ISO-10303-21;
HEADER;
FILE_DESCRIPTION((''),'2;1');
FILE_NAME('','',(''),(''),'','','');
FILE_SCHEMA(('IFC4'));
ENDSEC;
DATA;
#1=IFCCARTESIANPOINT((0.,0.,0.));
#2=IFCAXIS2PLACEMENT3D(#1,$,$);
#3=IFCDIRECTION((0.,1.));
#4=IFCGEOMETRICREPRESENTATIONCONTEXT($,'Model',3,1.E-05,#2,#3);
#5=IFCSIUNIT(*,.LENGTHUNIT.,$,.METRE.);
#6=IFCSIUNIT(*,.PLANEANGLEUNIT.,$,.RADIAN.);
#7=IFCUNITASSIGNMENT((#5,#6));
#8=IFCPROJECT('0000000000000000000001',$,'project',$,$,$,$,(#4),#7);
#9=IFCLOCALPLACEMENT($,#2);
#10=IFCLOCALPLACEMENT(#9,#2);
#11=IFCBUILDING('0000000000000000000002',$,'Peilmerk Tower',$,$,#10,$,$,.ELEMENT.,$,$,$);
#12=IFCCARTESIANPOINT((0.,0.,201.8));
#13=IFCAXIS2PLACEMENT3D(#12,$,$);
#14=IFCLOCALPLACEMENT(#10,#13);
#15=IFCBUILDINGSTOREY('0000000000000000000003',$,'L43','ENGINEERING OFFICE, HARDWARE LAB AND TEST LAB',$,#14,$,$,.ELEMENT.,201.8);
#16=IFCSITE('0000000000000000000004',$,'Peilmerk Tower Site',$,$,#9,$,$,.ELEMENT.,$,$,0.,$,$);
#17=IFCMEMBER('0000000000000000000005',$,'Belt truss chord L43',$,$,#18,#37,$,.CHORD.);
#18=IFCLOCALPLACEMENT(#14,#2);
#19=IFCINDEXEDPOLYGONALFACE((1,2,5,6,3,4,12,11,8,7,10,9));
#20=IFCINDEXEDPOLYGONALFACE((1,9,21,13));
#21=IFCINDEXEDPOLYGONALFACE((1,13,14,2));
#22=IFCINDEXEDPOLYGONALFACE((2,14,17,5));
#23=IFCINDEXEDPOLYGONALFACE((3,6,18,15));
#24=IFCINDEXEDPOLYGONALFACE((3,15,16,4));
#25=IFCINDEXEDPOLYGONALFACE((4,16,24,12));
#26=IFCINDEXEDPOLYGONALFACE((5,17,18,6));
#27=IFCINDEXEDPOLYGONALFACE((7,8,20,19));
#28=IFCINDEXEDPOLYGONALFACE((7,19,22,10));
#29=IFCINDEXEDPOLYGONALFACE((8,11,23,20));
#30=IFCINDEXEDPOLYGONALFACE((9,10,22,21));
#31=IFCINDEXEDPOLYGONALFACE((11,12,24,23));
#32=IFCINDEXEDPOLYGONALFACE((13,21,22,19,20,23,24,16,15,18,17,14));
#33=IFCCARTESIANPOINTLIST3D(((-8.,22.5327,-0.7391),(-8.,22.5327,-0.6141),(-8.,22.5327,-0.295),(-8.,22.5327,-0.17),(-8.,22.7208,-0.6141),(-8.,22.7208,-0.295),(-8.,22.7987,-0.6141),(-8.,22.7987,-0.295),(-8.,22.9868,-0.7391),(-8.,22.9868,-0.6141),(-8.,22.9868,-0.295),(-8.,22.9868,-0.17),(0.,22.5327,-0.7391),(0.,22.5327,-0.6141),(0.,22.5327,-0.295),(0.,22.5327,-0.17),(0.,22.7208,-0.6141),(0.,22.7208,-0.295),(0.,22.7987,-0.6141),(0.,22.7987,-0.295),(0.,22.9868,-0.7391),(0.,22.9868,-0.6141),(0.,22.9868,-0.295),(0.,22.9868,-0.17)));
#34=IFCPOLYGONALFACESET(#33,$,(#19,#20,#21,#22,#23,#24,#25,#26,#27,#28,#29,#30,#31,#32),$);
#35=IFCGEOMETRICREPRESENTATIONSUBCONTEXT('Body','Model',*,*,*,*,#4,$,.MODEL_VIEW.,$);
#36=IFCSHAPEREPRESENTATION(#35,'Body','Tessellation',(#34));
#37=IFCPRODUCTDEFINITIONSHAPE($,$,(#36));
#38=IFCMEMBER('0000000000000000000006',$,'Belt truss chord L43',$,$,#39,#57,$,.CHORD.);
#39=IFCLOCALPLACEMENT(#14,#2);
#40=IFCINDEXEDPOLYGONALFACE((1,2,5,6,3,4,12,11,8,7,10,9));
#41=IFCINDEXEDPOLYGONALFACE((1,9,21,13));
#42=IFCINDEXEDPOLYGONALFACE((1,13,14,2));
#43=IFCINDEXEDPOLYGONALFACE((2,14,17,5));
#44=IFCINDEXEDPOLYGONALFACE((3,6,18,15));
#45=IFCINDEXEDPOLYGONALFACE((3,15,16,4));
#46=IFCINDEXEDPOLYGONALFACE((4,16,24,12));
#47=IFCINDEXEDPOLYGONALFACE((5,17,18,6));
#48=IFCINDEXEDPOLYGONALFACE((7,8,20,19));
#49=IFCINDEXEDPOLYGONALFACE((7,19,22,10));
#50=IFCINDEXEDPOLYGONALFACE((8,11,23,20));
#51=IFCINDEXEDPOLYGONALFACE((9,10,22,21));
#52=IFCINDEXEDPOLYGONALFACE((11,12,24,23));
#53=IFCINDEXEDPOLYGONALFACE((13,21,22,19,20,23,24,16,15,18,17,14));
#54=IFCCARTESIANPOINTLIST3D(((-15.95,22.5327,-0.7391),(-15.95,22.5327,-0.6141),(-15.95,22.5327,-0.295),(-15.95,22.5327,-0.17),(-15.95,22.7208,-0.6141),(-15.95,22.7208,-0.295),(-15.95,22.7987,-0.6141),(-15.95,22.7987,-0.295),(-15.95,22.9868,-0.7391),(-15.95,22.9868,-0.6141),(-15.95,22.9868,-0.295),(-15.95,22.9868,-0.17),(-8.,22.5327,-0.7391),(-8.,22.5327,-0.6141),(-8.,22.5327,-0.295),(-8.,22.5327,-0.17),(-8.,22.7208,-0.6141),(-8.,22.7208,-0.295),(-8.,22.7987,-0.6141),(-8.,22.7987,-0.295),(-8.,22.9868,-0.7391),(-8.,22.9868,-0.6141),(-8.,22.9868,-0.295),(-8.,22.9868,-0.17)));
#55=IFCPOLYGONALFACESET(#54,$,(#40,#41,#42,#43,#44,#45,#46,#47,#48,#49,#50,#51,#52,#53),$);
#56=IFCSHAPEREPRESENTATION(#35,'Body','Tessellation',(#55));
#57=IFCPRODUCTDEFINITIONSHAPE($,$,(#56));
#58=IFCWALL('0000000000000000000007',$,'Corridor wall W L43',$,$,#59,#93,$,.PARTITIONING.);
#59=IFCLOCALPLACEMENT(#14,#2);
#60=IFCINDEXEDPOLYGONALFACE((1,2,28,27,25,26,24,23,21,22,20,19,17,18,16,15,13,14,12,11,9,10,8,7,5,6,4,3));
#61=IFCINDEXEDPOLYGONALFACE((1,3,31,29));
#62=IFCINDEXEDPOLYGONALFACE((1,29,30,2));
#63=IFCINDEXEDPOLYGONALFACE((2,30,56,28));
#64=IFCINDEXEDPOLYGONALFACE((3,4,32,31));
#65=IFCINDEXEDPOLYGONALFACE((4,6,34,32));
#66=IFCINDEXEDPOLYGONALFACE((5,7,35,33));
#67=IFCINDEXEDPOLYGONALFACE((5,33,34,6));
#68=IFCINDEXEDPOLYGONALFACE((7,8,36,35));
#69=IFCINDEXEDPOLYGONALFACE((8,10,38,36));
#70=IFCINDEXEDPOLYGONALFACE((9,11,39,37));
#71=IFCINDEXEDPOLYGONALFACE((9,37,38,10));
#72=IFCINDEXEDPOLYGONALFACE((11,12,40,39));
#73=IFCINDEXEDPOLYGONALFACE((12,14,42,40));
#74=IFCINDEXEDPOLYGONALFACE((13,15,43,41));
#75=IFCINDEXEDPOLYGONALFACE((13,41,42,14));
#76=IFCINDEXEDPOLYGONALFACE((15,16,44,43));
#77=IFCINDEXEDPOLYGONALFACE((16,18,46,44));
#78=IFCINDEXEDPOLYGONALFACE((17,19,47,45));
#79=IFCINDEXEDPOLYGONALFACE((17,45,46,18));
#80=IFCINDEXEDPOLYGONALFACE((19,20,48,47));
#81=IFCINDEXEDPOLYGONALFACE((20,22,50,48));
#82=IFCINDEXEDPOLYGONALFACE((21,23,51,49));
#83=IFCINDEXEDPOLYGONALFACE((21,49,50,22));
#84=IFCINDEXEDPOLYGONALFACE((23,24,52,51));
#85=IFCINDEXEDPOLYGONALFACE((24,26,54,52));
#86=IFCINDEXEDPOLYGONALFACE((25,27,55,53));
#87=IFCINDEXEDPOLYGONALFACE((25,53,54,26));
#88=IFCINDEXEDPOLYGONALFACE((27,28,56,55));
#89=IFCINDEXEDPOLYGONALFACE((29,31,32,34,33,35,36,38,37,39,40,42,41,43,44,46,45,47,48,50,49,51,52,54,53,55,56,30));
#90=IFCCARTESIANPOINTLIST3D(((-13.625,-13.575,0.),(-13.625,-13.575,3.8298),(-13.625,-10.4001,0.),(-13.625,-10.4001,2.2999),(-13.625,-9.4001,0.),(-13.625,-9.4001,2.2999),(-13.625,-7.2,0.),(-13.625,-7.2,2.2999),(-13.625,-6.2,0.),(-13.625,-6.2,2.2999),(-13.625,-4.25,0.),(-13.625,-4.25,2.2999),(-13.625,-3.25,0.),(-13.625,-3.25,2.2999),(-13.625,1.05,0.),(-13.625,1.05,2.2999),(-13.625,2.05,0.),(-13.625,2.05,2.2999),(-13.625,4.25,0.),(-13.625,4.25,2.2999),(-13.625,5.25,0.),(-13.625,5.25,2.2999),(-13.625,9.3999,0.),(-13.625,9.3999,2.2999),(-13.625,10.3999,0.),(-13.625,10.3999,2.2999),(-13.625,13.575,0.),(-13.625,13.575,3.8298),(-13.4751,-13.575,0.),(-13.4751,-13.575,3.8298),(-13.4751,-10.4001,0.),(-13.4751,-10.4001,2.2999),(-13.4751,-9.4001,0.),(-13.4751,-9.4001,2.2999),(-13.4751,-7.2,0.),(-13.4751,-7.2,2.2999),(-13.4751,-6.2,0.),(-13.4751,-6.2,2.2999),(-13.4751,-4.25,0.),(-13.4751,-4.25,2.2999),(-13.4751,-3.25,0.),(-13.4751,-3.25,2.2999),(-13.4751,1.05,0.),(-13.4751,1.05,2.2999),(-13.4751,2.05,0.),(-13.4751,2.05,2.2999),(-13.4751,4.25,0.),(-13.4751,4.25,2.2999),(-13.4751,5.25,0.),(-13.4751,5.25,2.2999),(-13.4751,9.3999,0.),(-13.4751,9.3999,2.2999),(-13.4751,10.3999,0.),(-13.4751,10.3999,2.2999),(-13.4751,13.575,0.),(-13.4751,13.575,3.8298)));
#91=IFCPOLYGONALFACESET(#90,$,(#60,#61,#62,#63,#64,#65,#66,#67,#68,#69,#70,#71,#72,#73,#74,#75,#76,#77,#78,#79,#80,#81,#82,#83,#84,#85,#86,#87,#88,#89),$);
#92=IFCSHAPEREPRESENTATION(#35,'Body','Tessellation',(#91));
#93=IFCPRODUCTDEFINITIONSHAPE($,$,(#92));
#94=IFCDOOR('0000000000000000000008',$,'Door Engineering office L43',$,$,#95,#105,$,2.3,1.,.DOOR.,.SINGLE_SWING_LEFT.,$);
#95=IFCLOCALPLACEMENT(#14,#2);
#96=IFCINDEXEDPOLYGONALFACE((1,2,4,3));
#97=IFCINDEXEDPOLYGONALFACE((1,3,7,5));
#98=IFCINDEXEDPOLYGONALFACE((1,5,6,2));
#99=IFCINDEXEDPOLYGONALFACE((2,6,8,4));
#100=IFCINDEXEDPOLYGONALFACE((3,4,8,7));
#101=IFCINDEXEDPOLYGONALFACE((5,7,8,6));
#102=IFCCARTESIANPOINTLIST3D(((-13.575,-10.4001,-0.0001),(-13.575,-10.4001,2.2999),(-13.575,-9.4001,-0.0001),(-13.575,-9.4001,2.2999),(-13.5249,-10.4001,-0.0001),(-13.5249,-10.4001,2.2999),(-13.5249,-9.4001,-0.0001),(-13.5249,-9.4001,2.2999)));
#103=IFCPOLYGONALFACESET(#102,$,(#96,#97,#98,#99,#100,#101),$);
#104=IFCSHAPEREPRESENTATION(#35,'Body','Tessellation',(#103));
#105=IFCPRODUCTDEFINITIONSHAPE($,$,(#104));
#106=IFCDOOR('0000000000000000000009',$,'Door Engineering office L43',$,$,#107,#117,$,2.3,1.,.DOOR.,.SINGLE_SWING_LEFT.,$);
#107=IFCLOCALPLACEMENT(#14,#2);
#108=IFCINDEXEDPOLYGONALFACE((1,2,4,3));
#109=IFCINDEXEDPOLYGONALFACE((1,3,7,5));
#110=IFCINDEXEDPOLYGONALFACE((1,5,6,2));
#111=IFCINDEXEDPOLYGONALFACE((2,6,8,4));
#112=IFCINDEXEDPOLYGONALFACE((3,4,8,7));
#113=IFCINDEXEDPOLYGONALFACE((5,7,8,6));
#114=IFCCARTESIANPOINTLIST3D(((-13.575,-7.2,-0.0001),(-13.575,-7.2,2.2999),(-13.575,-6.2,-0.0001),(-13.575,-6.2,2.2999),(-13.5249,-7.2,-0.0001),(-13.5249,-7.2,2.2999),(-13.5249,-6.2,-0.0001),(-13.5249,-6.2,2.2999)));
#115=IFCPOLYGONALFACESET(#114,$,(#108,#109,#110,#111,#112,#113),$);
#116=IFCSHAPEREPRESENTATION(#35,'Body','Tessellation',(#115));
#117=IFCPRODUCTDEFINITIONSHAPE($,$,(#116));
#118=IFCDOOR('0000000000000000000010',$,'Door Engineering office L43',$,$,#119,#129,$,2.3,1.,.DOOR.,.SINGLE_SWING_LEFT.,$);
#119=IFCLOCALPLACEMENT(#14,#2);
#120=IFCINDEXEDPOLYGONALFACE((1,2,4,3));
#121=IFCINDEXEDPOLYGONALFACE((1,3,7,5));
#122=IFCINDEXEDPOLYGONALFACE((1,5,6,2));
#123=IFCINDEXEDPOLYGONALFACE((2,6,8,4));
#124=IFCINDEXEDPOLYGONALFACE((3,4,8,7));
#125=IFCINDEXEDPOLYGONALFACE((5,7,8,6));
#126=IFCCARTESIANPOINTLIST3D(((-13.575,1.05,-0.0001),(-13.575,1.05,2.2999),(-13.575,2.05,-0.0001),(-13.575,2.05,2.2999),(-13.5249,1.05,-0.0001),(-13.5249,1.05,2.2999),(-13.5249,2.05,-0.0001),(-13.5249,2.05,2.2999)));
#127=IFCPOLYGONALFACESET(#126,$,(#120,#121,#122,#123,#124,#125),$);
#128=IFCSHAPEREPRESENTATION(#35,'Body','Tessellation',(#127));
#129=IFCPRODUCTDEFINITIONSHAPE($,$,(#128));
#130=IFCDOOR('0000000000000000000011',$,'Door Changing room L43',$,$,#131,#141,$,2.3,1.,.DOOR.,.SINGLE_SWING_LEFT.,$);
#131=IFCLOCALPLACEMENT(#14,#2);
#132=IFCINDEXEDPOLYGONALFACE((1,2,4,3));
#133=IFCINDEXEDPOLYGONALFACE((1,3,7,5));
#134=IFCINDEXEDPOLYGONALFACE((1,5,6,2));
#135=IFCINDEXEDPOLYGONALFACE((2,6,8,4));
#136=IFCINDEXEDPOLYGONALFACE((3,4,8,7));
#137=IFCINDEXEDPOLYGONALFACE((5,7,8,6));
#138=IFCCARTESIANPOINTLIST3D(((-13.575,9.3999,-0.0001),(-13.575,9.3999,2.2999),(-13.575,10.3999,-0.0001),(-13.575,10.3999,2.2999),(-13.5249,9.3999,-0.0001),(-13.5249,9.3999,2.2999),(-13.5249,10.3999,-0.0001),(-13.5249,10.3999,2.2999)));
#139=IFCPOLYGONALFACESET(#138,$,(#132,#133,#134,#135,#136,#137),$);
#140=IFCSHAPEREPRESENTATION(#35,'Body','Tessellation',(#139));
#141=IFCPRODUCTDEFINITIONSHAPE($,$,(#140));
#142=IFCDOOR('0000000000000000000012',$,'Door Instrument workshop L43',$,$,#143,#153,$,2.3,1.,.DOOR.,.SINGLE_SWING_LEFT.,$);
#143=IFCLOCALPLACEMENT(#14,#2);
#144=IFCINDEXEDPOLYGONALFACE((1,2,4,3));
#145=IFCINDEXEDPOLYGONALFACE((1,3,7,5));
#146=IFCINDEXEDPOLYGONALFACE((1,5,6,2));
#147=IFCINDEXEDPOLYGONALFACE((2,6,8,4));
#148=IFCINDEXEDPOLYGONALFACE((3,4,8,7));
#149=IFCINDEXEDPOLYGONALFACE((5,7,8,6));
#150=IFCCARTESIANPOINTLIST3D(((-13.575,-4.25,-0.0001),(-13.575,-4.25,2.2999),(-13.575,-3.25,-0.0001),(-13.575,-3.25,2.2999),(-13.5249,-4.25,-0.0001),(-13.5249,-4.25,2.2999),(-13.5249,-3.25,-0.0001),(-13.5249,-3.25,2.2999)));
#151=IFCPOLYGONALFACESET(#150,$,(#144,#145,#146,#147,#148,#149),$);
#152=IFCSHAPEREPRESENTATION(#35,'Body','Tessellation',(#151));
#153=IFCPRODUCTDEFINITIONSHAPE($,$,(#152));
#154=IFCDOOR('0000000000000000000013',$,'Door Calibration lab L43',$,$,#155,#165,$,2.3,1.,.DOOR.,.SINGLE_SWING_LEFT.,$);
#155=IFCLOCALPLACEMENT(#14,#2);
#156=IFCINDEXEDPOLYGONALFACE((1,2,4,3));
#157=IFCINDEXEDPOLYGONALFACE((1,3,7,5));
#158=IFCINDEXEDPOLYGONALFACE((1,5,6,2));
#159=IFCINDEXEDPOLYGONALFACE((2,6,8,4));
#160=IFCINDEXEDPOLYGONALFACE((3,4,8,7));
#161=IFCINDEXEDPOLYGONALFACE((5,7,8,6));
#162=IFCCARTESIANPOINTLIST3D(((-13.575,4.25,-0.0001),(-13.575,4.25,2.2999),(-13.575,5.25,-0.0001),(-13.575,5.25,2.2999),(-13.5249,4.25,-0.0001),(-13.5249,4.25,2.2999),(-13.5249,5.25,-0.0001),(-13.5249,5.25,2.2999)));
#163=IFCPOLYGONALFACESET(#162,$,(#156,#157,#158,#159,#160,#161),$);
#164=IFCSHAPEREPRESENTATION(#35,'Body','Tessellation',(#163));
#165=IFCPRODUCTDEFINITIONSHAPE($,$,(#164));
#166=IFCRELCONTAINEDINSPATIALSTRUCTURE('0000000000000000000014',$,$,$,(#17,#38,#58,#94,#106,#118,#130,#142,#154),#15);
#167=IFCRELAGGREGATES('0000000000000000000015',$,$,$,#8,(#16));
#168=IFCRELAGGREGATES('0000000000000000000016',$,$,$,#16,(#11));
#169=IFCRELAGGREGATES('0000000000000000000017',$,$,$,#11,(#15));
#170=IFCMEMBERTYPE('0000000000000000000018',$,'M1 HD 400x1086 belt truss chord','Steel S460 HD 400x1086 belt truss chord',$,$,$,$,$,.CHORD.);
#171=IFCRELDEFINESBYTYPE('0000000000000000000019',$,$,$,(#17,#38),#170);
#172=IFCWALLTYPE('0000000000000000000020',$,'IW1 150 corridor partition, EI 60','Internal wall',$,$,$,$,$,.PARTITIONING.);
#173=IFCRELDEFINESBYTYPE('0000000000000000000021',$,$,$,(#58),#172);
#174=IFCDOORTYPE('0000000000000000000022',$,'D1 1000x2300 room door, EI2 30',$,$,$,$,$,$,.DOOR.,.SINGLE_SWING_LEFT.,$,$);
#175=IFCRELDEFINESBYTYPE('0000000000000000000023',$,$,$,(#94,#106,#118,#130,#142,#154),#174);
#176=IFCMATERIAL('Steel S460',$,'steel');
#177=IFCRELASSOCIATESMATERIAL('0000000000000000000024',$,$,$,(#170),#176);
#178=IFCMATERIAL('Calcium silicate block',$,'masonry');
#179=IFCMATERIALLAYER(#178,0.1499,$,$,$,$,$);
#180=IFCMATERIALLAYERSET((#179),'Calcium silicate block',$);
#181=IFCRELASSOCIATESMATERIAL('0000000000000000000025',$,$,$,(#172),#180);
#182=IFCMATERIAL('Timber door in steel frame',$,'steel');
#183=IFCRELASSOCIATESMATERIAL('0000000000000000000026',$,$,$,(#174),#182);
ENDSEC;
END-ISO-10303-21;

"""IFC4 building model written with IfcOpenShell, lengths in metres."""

from ifc_helpers import new_model, si_unit, direction, frame, frame_2d, origin, origin_2d, place, context, subcontext, project, spatial, rectangle, i_section, extrude, material, layer, layer_set, material_profile, profile_set, type_object, element, fill, save


model = new_model("IFC4")

# Units and contexts
model_context = context("Model", 3, precision=1e-05, world=origin(), true_north=direction((0.0, 1.0)))
body_context = subcontext(model_context, "Body", "Model", "MODEL_VIEW")
ifc_project = project(units=[si_unit("LENGTHUNIT", "METRE"), si_unit("PLANEANGLEUNIT", "RADIAN")], contexts=[model_context])

# Site, building, storey
site_placement = place(None, origin())
site = spatial("IfcSite", under=ifc_project, at=site_placement, Name="Peilmerk Tower Site", CompositionType="ELEMENT", RefElevation=0.0)
building_placement = place(site_placement, origin())
building = spatial("IfcBuilding", under=site, at=building_placement, Name="Peilmerk Tower", CompositionType="ELEMENT")
storey_placement = place(building_placement, frame((0.0, 0.0, 201.8)))
storey = spatial("IfcBuildingStorey", under=building, at=storey_placement, Name="L43", Description="ENGINEERING OFFICE, HARDWARE LAB AND TEST LAB", CompositionType="ELEMENT", Elevation=201.8)

# Shared definitions
ifc_material_1 = material(Name="Steel S460", Category="steel")

# Members
ifc_material_profile_1 = material_profile(ifc_material_1, i_section(OverallWidth=0.4541, OverallDepth=0.5691, WebThickness=0.0779, FlangeThickness=0.125, at=origin_2d()), Name="HD 400x1086")
ifc_profile_set_1 = profile_set([ifc_material_profile_1], Name="Steel S460")
member_type = type_object("IfcMemberType", Name="M1 HD 400x1086 belt truss chord", Description="Steel S460 HD 400x1086 belt truss chord", PredefinedType="CHORD", material=ifc_profile_set_1)
member_1_placement = place(storey_placement, frame((0.0, 22.7598, -0.4546), z_axis=(-1.0, 0.0, 0.0), x_axis=(0.0, -1.0, 0.0)))
element("IfcMember", 1, at=member_1_placement, inside=storey, type_object=member_type, Name="Belt truss chord L43", PredefinedType="CHORD", context=body_context, shape_type="SweptSolid", body=[
    extrude(i_section(OverallWidth=0.4541, OverallDepth=0.5691, WebThickness=0.0779, FlangeThickness=0.125, at=origin_2d()), origin(), (0.0, 0.0, 1.0), 8.0),
])
member_2_placement = place(storey_placement, frame((-8.0, 22.7598, -0.4546), z_axis=(-1.0, 0.0, 0.0), x_axis=(0.0, -1.0, 0.0)))
element("IfcMember", 2, at=member_2_placement, inside=storey, type_object=member_type, Name="Belt truss chord L43", PredefinedType="CHORD", context=body_context, shape_type="SweptSolid", body=[
    extrude(i_section(OverallWidth=0.4541, OverallDepth=0.5691, WebThickness=0.0779, FlangeThickness=0.125, at=origin_2d()), origin(), (0.0, 0.0, 1.0), 7.95),
])

# Wall, openings, doors
ifc_material_2 = material(Name="Calcium silicate block", Category="masonry")
ifc_layer_1 = layer(ifc_material_2, 0.1499)
ifc_layer_set_1 = layer_set([ifc_layer_1], Name="Calcium silicate block")
wall_type_1 = type_object("IfcWallType", Name="IW1 150 corridor partition, EI 60", Description="Internal wall", PredefinedType="PARTITIONING", material=ifc_layer_set_1)
wall_1_placement = place(storey_placement, frame((-13.55, 13.575, 0.0), z_axis=(0.0, 0.0, 1.0), x_axis=(0.0, -1.0, 0.0)))
wall_1 = element("IfcWall", 3, at=wall_1_placement, inside=storey, type_object=wall_type_1, Name="Corridor wall W L43", PredefinedType="PARTITIONING", context=body_context, shape_type="SweptSolid", body=[
    extrude(rectangle(XDim=27.1499, YDim=0.1499, at=frame_2d((13.575, 0.0))), origin(), (0.0, 0.0, 1.0), 3.8298),
])
opening_1_placement = place(wall_1_placement, frame((22.9751, 0.0, 0.0)))
opening_1 = element("IfcOpeningElement", 4, at=opening_1_placement, cuts=wall_1, PredefinedType="OPENING", context=body_context, shape_type="SweptSolid", body=[
    extrude(rectangle(XDim=1.0, YDim=2.3, at=frame_2d((0.5, 1.1499))), frame((0.0, 0.085, 0.0), z_axis=(0.0, -1.0, 0.0), x_axis=(1.0, 0.0, 0.0)), (0.0, 0.0, 1.0), 0.1699),
])
opening_2_placement = place(wall_1_placement, frame((19.7749, 0.0, 0.0)))
opening_2 = element("IfcOpeningElement", 5, at=opening_2_placement, cuts=wall_1, PredefinedType="OPENING", context=body_context, shape_type="SweptSolid", body=[
    extrude(rectangle(XDim=1.0, YDim=2.3, at=frame_2d((0.5, 1.1499))), frame((0.0, 0.085, 0.0), z_axis=(0.0, -1.0, 0.0), x_axis=(1.0, 0.0, 0.0)), (0.0, 0.0, 1.0), 0.1699),
])
opening_3_placement = place(wall_1_placement, frame((11.5249, 0.0, 0.0)))
opening_3 = element("IfcOpeningElement", 6, at=opening_3_placement, cuts=wall_1, PredefinedType="OPENING", context=body_context, shape_type="SweptSolid", body=[
    extrude(rectangle(XDim=1.0, YDim=2.3, at=frame_2d((0.5, 1.1499))), frame((0.0, 0.085, 0.0), z_axis=(0.0, -1.0, 0.0), x_axis=(1.0, 0.0, 0.0)), (0.0, 0.0, 1.0), 0.1699),
])
opening_4_placement = place(wall_1_placement, frame((3.175, 0.0, 0.0)))
opening_4 = element("IfcOpeningElement", 7, at=opening_4_placement, cuts=wall_1, PredefinedType="OPENING", context=body_context, shape_type="SweptSolid", body=[
    extrude(rectangle(XDim=1.0, YDim=2.3, at=frame_2d((0.5, 1.1499))), frame((0.0, 0.085, 0.0), z_axis=(0.0, -1.0, 0.0), x_axis=(1.0, 0.0, 0.0)), (0.0, 0.0, 1.0), 0.1699),
])
opening_5_placement = place(wall_1_placement, frame((16.825, 0.0, 0.0)))
opening_5 = element("IfcOpeningElement", 8, at=opening_5_placement, cuts=wall_1, PredefinedType="OPENING", context=body_context, shape_type="SweptSolid", body=[
    extrude(rectangle(XDim=1.0, YDim=2.3, at=frame_2d((0.5, 1.1499))), frame((0.0, 0.085, 0.0), z_axis=(0.0, -1.0, 0.0), x_axis=(1.0, 0.0, 0.0)), (0.0, 0.0, 1.0), 0.1699),
])
opening_6_placement = place(wall_1_placement, frame((8.325, 0.0, 0.0)))
opening_6 = element("IfcOpeningElement", 9, at=opening_6_placement, cuts=wall_1, PredefinedType="OPENING", context=body_context, shape_type="SweptSolid", body=[
    extrude(rectangle(XDim=1.0, YDim=2.3, at=frame_2d((0.5, 1.1499))), frame((0.0, 0.085, 0.0), z_axis=(0.0, -1.0, 0.0), x_axis=(1.0, 0.0, 0.0)), (0.0, 0.0, 1.0), 0.1699),
])
ifc_material_3 = material(Name="Timber door in steel frame", Category="steel")
door_type_1 = type_object("IfcDoorType", Name="D1 1000x2300 room door, EI2 30", OperationType="SINGLE_SWING_LEFT", PredefinedType="DOOR", material=ifc_material_3)
door_1_placement = place(opening_1_placement, frame((1.0, 0.0, 0.0), z_axis=(0.0, 0.0, 1.0), x_axis=(-1.0, 0.0, 0.0)))
door_1 = element("IfcDoor", 10, at=door_1_placement, inside=storey, type_object=door_type_1, Name="Door Engineering office L43", OperationType="SINGLE_SWING_LEFT", OverallHeight=2.3, OverallWidth=1.0, PredefinedType="DOOR", context=body_context, shape_type="SweptSolid", body=[
    extrude(rectangle(XDim=1.0, YDim=2.3, at=frame_2d((0.5, 1.1499))), frame((0.0, 0.0249, 0.0), z_axis=(0.0, -1.0, 0.0), x_axis=(1.0, 0.0, 0.0)), (0.0, 0.0, 1.0), 0.05),
])
fill(opening_1, door_1)
door_2_placement = place(opening_2_placement, frame((1.0, 0.0, 0.0), z_axis=(0.0, 0.0, 1.0), x_axis=(-1.0, 0.0, 0.0)))
door_2 = element("IfcDoor", 11, at=door_2_placement, inside=storey, type_object=door_type_1, Name="Door Engineering office L43", OperationType="SINGLE_SWING_LEFT", OverallHeight=2.3, OverallWidth=1.0, PredefinedType="DOOR", context=body_context, shape_type="SweptSolid", body=[
    extrude(rectangle(XDim=1.0, YDim=2.3, at=frame_2d((0.5, 1.1499))), frame((0.0, 0.0249, 0.0), z_axis=(0.0, -1.0, 0.0), x_axis=(1.0, 0.0, 0.0)), (0.0, 0.0, 1.0), 0.05),
])
fill(opening_2, door_2)
door_3_placement = place(opening_3_placement, frame((1.0, 0.0, 0.0), z_axis=(0.0, 0.0, 1.0), x_axis=(-1.0, 0.0, 0.0)))
door_3 = element("IfcDoor", 12, at=door_3_placement, inside=storey, type_object=door_type_1, Name="Door Engineering office L43", OperationType="SINGLE_SWING_LEFT", OverallHeight=2.3, OverallWidth=1.0, PredefinedType="DOOR", context=body_context, shape_type="SweptSolid", body=[
    extrude(rectangle(XDim=1.0, YDim=2.3, at=frame_2d((0.5, 1.1499))), frame((0.0, 0.0249, 0.0), z_axis=(0.0, -1.0, 0.0), x_axis=(1.0, 0.0, 0.0)), (0.0, 0.0, 1.0), 0.05),
])
fill(opening_3, door_3)
door_4_placement = place(opening_4_placement, frame((1.0, 0.0, 0.0), z_axis=(0.0, 0.0, 1.0), x_axis=(-1.0, 0.0, 0.0)))
door_4 = element("IfcDoor", 13, at=door_4_placement, inside=storey, type_object=door_type_1, Name="Door Changing room L43", OperationType="SINGLE_SWING_LEFT", OverallHeight=2.3, OverallWidth=1.0, PredefinedType="DOOR", context=body_context, shape_type="SweptSolid", body=[
    extrude(rectangle(XDim=1.0, YDim=2.3, at=frame_2d((0.5, 1.1499))), frame((0.0, 0.0249, 0.0), z_axis=(0.0, -1.0, 0.0), x_axis=(1.0, 0.0, 0.0)), (0.0, 0.0, 1.0), 0.05),
])
fill(opening_4, door_4)
door_5_placement = place(opening_5_placement, frame((1.0, 0.0, 0.0), z_axis=(0.0, 0.0, 1.0), x_axis=(-1.0, 0.0, 0.0)))
door_5 = element("IfcDoor", 14, at=door_5_placement, inside=storey, type_object=door_type_1, Name="Door Instrument workshop L43", OperationType="SINGLE_SWING_LEFT", OverallHeight=2.3, OverallWidth=1.0, PredefinedType="DOOR", context=body_context, shape_type="SweptSolid", body=[
    extrude(rectangle(XDim=1.0, YDim=2.3, at=frame_2d((0.5, 1.1499))), frame((0.0, 0.0249, 0.0), z_axis=(0.0, -1.0, 0.0), x_axis=(1.0, 0.0, 0.0)), (0.0, 0.0, 1.0), 0.05),
])
fill(opening_5, door_5)
door_6_placement = place(opening_6_placement, frame((1.0, 0.0, 0.0), z_axis=(0.0, 0.0, 1.0), x_axis=(-1.0, 0.0, 0.0)))
door_6 = element("IfcDoor", 15, at=door_6_placement, inside=storey, type_object=door_type_1, Name="Door Calibration lab L43", OperationType="SINGLE_SWING_LEFT", OverallHeight=2.3, OverallWidth=1.0, PredefinedType="DOOR", context=body_context, shape_type="SweptSolid", body=[
    extrude(rectangle(XDim=1.0, YDim=2.3, at=frame_2d((0.5, 1.1499))), frame((0.0, 0.0249, 0.0), z_axis=(0.0, -1.0, 0.0), x_axis=(1.0, 0.0, 0.0)), (0.0, 0.0, 1.0), 0.05),
])
fill(opening_6, door_6)

save(model, "model.ifc")
